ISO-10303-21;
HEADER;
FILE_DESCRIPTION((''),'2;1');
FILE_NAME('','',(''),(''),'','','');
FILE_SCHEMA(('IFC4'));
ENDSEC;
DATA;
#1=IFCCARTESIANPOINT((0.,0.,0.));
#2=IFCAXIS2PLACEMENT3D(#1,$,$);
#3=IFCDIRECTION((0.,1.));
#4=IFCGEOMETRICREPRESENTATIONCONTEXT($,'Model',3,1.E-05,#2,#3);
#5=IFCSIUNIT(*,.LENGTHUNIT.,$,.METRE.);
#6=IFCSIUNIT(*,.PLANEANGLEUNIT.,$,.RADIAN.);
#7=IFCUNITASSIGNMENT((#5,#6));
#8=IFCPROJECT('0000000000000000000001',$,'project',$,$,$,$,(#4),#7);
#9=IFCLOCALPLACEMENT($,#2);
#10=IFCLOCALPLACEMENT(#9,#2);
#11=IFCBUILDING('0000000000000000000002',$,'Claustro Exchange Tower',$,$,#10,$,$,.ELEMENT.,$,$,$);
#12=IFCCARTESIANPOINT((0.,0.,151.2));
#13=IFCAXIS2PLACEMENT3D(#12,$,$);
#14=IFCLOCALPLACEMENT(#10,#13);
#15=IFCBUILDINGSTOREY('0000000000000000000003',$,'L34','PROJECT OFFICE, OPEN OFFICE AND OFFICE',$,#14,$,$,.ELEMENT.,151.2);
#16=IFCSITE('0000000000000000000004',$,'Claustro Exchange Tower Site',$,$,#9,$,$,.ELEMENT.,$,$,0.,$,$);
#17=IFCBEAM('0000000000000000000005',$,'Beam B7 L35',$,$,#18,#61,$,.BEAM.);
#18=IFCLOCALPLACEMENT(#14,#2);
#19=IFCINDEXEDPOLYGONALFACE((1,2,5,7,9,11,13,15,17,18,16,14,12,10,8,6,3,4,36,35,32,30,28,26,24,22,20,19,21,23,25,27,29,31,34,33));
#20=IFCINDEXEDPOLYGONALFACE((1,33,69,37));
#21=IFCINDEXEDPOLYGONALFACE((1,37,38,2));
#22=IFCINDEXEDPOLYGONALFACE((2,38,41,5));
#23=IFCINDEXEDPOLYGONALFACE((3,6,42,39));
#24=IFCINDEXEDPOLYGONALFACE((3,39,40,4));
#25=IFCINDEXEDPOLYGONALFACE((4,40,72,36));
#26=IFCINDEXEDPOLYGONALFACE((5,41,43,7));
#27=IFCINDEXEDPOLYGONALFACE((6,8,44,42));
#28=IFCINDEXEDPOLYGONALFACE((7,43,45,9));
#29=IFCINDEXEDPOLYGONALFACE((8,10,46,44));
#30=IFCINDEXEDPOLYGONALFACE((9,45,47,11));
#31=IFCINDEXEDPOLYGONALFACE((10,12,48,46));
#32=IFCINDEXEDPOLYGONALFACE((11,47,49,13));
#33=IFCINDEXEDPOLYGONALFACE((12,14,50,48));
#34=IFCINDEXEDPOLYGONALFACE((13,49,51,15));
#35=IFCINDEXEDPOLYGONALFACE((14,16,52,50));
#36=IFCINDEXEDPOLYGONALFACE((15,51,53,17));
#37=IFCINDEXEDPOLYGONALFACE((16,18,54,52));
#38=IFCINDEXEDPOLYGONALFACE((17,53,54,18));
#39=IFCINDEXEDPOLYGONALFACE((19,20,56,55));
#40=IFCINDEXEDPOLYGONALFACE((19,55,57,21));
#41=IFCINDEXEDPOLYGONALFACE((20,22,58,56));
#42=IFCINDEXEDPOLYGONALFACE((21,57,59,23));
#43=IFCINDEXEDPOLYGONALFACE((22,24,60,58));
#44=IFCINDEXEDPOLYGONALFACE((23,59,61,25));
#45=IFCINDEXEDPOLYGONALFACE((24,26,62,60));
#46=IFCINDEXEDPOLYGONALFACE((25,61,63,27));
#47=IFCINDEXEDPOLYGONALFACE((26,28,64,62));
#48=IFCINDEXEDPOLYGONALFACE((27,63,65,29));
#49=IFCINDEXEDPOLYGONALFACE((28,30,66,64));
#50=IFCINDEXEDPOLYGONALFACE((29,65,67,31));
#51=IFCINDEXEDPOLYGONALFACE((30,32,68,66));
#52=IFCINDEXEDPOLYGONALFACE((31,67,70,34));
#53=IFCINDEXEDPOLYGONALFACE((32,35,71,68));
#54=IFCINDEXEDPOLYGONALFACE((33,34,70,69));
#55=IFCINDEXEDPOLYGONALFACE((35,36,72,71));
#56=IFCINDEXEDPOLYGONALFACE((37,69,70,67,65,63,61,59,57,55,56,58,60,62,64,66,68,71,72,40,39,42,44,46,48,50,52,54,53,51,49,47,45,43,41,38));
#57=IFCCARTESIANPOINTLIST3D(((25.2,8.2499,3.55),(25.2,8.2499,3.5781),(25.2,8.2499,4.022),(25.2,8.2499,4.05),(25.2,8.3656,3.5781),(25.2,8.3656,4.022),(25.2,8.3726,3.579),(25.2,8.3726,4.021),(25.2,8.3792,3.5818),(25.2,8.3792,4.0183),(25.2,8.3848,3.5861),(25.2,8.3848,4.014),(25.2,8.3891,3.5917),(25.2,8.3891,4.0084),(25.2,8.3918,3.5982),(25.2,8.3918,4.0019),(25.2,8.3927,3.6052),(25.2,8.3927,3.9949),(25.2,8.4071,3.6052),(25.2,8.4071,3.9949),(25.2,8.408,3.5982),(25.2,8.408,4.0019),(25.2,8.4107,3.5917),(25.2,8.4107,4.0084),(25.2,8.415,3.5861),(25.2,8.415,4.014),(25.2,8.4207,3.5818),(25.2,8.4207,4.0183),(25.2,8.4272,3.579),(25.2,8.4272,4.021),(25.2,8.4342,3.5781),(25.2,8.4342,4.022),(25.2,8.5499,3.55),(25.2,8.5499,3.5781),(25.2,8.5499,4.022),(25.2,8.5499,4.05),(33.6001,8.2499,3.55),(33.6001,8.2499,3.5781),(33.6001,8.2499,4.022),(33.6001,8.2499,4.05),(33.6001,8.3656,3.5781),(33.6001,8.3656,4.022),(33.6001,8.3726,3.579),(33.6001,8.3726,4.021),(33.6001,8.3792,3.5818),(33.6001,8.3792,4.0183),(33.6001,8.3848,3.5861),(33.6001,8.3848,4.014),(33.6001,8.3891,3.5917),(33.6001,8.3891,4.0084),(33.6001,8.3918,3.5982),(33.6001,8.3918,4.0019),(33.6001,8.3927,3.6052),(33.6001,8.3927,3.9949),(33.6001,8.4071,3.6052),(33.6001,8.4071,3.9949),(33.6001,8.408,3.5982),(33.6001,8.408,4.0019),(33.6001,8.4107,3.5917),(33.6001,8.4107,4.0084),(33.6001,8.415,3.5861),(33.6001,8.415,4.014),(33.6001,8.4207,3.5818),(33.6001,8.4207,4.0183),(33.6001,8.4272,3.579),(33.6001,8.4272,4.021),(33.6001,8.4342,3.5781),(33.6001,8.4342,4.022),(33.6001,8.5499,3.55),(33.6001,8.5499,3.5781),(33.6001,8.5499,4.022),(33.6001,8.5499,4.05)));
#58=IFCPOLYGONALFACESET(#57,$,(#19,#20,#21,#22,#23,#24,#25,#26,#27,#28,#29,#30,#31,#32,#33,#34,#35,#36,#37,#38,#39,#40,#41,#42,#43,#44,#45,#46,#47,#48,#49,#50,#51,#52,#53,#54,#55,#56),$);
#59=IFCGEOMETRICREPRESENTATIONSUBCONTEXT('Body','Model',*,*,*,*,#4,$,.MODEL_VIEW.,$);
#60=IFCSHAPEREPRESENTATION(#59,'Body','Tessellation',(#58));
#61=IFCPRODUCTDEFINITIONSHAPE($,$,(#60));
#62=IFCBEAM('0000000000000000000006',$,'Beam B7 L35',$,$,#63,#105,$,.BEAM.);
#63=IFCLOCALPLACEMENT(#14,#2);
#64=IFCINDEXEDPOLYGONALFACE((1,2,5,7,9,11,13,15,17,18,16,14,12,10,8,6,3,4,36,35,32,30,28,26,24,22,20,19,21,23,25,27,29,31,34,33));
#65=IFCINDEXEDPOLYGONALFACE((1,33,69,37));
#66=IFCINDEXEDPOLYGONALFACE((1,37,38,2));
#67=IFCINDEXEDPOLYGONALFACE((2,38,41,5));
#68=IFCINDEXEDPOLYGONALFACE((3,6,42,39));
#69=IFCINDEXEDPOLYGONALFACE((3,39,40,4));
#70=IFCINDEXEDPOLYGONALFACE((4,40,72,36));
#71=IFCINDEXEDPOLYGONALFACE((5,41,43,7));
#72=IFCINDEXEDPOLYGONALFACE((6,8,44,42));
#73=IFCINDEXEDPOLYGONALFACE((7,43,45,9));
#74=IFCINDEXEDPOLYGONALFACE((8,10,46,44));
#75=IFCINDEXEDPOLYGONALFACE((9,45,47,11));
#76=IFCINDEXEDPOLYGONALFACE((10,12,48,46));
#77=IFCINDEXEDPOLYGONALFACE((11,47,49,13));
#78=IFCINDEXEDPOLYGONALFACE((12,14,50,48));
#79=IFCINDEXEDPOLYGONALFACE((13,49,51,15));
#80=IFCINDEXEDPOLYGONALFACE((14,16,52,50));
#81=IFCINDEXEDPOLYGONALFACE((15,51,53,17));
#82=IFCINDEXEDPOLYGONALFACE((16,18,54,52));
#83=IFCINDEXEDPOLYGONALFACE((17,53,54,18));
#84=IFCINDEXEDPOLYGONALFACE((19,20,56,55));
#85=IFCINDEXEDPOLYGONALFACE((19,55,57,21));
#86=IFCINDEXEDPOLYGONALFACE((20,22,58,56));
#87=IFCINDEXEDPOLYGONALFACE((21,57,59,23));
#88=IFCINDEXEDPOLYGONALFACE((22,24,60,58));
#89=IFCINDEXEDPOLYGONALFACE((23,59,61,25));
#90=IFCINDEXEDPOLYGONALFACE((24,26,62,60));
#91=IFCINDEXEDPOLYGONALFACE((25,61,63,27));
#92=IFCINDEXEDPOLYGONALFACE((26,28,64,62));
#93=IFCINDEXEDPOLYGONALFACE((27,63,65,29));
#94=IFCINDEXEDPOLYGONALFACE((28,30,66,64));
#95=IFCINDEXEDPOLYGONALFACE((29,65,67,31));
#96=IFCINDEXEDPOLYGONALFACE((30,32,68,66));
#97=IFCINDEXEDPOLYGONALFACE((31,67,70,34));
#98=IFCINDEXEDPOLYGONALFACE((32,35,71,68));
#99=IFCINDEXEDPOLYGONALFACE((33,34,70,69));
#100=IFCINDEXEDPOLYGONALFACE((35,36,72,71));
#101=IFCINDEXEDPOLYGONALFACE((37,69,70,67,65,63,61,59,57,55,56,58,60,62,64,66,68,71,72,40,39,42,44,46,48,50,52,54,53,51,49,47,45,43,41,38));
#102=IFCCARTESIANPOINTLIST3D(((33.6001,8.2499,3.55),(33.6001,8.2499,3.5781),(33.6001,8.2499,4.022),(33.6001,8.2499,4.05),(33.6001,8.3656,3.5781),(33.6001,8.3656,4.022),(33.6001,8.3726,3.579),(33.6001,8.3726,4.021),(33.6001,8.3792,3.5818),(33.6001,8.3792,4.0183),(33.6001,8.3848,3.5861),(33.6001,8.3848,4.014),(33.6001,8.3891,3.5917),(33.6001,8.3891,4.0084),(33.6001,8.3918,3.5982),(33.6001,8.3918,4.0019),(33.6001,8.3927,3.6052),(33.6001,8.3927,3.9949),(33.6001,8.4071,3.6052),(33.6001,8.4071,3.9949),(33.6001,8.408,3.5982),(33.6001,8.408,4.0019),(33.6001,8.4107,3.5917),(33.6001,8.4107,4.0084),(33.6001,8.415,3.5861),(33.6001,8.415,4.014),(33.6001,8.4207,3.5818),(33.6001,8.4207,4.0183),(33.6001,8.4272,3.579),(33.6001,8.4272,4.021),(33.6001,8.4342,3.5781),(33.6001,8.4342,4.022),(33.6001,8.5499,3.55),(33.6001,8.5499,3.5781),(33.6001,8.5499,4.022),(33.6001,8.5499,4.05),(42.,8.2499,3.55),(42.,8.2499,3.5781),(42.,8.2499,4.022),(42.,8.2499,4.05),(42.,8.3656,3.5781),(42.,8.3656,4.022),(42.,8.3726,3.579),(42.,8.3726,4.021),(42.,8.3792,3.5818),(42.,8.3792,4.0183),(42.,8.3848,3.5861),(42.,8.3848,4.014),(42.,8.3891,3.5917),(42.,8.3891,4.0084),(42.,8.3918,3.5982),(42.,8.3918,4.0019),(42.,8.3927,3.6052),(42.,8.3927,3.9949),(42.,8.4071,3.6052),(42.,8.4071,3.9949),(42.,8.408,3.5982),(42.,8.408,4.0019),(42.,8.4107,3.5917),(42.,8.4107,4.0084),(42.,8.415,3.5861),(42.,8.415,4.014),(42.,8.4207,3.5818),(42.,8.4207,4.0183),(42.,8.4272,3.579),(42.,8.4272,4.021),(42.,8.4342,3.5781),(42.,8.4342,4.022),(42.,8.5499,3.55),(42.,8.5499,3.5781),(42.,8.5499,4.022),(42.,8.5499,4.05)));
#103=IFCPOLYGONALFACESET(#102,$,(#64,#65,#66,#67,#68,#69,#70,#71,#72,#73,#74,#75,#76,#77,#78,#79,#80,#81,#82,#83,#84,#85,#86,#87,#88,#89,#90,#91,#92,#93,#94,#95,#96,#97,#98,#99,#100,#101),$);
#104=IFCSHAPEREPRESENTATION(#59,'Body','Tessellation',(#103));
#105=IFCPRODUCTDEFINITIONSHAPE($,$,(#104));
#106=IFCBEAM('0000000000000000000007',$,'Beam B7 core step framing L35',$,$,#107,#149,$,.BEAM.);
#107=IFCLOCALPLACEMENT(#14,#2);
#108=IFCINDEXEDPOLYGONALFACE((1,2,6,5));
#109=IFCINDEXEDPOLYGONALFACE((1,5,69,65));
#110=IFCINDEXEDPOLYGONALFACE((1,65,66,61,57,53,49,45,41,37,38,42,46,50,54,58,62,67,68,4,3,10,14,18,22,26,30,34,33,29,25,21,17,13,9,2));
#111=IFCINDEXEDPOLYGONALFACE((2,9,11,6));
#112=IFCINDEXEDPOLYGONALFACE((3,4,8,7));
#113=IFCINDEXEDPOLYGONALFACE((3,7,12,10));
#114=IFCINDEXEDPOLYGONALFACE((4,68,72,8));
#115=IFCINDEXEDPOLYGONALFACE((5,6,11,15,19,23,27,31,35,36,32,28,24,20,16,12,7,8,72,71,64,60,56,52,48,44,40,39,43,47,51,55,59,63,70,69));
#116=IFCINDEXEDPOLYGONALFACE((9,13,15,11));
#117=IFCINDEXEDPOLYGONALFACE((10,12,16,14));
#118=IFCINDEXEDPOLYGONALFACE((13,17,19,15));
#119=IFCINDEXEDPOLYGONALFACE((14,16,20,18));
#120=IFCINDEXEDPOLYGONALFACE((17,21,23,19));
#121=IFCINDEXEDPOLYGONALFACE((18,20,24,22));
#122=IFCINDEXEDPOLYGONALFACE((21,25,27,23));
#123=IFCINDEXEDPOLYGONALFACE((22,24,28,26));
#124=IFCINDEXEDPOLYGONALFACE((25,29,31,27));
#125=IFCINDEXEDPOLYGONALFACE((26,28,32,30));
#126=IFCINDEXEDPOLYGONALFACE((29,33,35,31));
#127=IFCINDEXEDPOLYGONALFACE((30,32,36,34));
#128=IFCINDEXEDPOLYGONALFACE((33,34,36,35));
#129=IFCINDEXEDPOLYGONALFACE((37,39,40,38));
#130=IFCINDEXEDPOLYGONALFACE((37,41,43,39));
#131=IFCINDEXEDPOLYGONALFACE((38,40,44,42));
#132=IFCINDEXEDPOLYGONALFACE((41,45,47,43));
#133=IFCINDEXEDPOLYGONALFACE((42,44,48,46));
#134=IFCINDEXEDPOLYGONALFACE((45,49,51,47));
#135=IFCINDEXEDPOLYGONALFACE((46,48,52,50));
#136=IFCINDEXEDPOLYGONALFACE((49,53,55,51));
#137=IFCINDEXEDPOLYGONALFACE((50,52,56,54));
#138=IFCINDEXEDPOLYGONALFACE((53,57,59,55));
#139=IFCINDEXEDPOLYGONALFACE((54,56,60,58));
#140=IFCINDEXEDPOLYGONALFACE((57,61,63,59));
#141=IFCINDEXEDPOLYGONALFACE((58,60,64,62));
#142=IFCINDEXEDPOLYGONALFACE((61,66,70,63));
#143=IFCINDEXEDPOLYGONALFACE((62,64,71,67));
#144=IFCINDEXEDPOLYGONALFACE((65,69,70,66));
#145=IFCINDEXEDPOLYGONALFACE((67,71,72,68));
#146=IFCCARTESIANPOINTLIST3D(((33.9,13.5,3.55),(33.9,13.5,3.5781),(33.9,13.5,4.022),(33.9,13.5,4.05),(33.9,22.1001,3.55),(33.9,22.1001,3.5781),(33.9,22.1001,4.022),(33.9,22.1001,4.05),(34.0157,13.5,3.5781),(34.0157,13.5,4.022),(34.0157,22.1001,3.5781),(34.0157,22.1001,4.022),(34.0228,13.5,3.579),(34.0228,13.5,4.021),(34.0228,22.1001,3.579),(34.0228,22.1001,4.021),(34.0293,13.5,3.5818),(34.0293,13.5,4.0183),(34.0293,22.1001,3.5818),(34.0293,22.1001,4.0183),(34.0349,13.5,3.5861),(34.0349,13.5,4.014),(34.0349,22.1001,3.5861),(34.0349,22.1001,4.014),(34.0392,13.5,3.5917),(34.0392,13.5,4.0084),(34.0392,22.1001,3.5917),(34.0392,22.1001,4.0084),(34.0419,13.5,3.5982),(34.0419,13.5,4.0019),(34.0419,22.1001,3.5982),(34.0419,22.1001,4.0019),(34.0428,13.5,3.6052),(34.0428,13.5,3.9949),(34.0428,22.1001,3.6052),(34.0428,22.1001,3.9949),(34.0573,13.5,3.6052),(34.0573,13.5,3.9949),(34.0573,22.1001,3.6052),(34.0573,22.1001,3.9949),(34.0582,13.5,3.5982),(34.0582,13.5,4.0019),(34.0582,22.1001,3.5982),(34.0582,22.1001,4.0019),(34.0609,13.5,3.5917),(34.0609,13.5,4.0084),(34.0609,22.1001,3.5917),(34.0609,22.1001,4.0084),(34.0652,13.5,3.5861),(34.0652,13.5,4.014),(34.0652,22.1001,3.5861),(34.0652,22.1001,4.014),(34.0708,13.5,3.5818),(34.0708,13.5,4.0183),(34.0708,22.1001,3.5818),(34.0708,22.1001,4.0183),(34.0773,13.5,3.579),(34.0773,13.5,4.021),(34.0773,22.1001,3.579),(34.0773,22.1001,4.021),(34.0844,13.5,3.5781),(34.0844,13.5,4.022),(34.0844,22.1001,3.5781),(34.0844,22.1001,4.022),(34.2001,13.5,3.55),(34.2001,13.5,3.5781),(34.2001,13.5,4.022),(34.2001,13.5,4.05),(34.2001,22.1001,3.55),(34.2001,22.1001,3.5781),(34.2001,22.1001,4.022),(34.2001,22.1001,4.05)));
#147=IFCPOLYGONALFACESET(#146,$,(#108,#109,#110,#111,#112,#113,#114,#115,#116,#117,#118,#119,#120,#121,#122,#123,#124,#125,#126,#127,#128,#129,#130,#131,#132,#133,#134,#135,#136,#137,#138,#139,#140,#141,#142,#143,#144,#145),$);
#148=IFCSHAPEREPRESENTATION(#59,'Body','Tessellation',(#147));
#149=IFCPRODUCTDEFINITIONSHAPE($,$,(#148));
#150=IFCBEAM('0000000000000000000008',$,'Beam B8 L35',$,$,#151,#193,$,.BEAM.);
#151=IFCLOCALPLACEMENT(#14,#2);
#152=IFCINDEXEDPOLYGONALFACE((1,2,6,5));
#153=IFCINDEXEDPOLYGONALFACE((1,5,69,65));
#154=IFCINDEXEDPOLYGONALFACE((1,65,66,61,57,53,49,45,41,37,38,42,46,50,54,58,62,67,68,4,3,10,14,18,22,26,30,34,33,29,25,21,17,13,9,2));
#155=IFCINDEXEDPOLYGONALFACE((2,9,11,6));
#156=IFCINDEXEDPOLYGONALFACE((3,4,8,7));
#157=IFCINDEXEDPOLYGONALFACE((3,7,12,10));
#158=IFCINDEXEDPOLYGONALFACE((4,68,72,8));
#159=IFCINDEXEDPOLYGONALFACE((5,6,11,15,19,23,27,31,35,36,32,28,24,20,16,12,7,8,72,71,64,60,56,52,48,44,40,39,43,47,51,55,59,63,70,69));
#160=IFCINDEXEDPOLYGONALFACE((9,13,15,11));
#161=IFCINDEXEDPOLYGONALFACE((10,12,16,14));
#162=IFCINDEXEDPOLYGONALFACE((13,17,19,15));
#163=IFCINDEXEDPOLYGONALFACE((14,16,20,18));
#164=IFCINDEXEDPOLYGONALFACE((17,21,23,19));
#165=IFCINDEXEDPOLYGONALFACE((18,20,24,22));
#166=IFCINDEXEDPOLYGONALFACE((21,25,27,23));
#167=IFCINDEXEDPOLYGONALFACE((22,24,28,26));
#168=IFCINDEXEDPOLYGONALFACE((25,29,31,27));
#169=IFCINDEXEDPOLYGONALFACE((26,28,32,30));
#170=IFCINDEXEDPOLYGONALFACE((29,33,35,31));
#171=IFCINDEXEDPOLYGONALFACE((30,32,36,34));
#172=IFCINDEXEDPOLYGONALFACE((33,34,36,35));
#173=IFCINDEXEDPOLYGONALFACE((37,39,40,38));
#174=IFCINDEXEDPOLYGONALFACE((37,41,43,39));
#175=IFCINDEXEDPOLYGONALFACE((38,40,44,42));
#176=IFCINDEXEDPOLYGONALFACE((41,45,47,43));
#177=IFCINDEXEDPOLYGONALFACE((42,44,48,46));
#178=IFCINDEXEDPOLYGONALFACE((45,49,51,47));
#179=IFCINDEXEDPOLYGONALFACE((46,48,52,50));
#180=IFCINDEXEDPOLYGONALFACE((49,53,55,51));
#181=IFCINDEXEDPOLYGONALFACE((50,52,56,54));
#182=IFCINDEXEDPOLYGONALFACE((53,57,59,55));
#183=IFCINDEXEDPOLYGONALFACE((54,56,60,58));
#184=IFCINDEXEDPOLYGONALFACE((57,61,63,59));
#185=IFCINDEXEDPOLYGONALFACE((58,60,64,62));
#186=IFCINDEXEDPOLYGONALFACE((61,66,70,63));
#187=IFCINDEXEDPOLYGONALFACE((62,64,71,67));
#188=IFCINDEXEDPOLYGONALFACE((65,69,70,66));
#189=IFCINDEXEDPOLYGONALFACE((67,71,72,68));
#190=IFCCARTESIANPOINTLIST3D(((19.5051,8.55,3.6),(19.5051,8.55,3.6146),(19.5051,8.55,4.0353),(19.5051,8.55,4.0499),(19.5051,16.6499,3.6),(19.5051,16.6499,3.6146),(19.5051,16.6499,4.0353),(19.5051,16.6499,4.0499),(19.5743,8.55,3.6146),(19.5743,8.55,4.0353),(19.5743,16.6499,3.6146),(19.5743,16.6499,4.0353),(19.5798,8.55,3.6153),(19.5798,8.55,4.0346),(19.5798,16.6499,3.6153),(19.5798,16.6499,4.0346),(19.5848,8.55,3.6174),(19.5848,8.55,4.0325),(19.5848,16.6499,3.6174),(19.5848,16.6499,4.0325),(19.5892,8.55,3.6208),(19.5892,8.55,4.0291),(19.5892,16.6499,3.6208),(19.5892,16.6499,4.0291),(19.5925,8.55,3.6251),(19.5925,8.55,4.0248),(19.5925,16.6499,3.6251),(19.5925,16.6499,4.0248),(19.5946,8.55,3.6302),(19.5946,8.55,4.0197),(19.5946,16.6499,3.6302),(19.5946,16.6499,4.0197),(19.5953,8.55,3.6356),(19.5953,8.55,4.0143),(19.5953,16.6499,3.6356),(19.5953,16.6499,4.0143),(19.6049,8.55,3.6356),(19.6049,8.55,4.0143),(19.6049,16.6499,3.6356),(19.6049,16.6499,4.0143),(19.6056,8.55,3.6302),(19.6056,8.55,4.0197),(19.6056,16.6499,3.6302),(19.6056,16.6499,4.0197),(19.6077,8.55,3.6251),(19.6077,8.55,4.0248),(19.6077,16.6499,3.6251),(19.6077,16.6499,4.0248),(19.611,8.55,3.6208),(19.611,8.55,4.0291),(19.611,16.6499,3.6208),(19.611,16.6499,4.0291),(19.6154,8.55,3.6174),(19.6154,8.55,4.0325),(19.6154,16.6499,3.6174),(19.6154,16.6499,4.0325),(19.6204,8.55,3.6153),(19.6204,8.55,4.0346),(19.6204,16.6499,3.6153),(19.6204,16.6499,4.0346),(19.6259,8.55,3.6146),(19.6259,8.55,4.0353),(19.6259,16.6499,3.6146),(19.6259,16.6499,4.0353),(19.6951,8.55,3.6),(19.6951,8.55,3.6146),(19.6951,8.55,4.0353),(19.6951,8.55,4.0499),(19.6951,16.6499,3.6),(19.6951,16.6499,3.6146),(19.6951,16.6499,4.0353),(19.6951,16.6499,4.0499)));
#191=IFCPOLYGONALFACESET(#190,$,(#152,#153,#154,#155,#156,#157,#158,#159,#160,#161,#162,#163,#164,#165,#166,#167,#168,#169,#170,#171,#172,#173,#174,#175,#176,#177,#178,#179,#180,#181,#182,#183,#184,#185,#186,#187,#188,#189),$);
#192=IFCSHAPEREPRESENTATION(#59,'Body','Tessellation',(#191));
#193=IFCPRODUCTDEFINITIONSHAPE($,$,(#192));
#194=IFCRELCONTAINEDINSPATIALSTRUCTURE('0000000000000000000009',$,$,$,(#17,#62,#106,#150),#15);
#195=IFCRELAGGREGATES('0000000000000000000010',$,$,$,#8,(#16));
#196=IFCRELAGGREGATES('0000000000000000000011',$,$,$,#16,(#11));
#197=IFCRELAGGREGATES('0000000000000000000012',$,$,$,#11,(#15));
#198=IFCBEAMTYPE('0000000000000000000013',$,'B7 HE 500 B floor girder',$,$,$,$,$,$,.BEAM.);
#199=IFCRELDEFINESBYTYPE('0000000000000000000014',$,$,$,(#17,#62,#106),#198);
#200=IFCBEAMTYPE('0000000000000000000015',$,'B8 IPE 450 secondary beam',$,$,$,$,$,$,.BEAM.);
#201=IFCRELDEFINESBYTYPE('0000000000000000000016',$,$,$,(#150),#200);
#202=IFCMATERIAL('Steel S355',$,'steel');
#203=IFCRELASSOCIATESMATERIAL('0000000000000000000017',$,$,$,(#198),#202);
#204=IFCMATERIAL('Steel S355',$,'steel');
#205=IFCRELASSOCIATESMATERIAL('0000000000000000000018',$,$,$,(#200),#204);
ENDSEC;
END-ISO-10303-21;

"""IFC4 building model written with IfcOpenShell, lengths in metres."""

from ifc_helpers import new_model, si_unit, direction, frame, origin, origin_2d, place, context, subcontext, project, spatial, i_section, extrude, material, material_profile, profile_set, type_object, element, save


model = new_model("IFC4")

# Units and contexts
model_context = context("Model", 3, precision=1e-05, world=origin(), true_north=direction((0.0, 1.0)))
body_context = subcontext(model_context, "Body", "Model", "MODEL_VIEW")
ifc_project = project(units=[si_unit("LENGTHUNIT", "METRE"), si_unit("PLANEANGLEUNIT", "RADIAN")], contexts=[model_context])

# Site, building, storey
site_placement = place(None, origin())
site = spatial("IfcSite", under=ifc_project, at=site_placement, Name="Claustro Exchange Tower Site", CompositionType="ELEMENT", RefElevation=0.0)
building_placement = place(site_placement, origin())
building = spatial("IfcBuilding", under=site, at=building_placement, Name="Claustro Exchange Tower", CompositionType="ELEMENT")
storey_placement = place(building_placement, frame((0.0, 0.0, 151.2)))
storey = spatial("IfcBuildingStorey", under=building, at=storey_placement, Name="L34", Description="PROJECT OFFICE, OPEN OFFICE AND OFFICE", CompositionType="ELEMENT", Elevation=151.2)

# Beams
ifc_material_1 = material(Name="Steel S355", Category="steel")
ifc_material_profile_1 = material_profile(ifc_material_1, i_section(OverallWidth=0.3, OverallDepth=0.5, WebThickness=0.0144, FlangeThickness=0.0281, FilletRadius=0.0271, at=origin_2d()), Name="HE 500 B")
ifc_profile_set_1 = profile_set([ifc_material_profile_1], Name="Steel S355")
beam_type_1 = type_object("IfcBeamType", Name="B7 HE 500 B floor girder", PredefinedType="BEAM", material=ifc_profile_set_1)
beam_1_placement = place(storey_placement, frame((25.2, 8.3999, 3.8), z_axis=(1.0, 0.0, 0.0), x_axis=(0.0, 1.0, 0.0)))
element("IfcBeam", 1, at=beam_1_placement, inside=storey, type_object=beam_type_1, Name="Beam B7 L35", PredefinedType="BEAM", context=body_context, shape_type="SweptSolid", body=[
    extrude(i_section(OverallWidth=0.3, OverallDepth=0.5, WebThickness=0.0144, FlangeThickness=0.0281, FilletRadius=0.0271, at=origin_2d()), origin(), (0.0, 0.0, 1.0), 8.4001),
])
beam_2_placement = place(storey_placement, frame((33.6001, 8.3999, 3.8), z_axis=(1.0, 0.0, 0.0), x_axis=(0.0, 1.0, 0.0)))
element("IfcBeam", 2, at=beam_2_placement, inside=storey, type_object=beam_type_1, Name="Beam B7 L35", PredefinedType="BEAM", context=body_context, shape_type="SweptSolid", body=[
    extrude(i_section(OverallWidth=0.3, OverallDepth=0.5, WebThickness=0.0144, FlangeThickness=0.0281, FilletRadius=0.0271, at=origin_2d()), origin(), (0.0, 0.0, 1.0), 8.3999),
])
beam_3_placement = place(storey_placement, frame((34.05, 13.5, 3.8), z_axis=(0.0, 1.0, 0.0), x_axis=(-1.0, 0.0, 0.0)))
element("IfcBeam", 3, at=beam_3_placement, inside=storey, type_object=beam_type_1, Name="Beam B7 core step framing L35", PredefinedType="BEAM", context=body_context, shape_type="SweptSolid", body=[
    extrude(i_section(OverallWidth=0.3, OverallDepth=0.5, WebThickness=0.0144, FlangeThickness=0.0281, FilletRadius=0.0271, at=origin_2d()), origin(), (0.0, 0.0, 1.0), 8.6001),
])
ifc_material_2 = material(Name="Steel S355", Category="steel")
ifc_material_profile_2 = material_profile(ifc_material_2, i_section(OverallWidth=0.1899, OverallDepth=0.45, WebThickness=0.0095, FlangeThickness=0.0146, FilletRadius=0.021, at=origin_2d()), Name="IPE 450")
ifc_profile_set_2 = profile_set([ifc_material_profile_2], Name="Steel S355")
beam_type_2 = type_object("IfcBeamType", Name="B8 IPE 450 secondary beam", PredefinedType="BEAM", material=ifc_profile_set_2)
for number, where, z_axis, x_axis, name in (
    (4, (19.6001, 8.55, 3.825), (0.0, 1.0, 0.0), (-1.0, 0.0, 0.0), "Beam B8 L35"),
):
    element("IfcBeam", number, at=place(storey_placement, frame(where, z_axis=z_axis, x_axis=x_axis)), inside=storey, type_object=beam_type_2, Name=name, PredefinedType="BEAM", context=body_context, shape_type="SweptSolid", body=[
        extrude(i_section(OverallWidth=0.1899, OverallDepth=0.45, WebThickness=0.0095, FlangeThickness=0.0146, FilletRadius=0.021, at=origin_2d()), origin(), (0.0, 0.0, 1.0), 8.0999),
    ])

save(model, "model.ifc")
